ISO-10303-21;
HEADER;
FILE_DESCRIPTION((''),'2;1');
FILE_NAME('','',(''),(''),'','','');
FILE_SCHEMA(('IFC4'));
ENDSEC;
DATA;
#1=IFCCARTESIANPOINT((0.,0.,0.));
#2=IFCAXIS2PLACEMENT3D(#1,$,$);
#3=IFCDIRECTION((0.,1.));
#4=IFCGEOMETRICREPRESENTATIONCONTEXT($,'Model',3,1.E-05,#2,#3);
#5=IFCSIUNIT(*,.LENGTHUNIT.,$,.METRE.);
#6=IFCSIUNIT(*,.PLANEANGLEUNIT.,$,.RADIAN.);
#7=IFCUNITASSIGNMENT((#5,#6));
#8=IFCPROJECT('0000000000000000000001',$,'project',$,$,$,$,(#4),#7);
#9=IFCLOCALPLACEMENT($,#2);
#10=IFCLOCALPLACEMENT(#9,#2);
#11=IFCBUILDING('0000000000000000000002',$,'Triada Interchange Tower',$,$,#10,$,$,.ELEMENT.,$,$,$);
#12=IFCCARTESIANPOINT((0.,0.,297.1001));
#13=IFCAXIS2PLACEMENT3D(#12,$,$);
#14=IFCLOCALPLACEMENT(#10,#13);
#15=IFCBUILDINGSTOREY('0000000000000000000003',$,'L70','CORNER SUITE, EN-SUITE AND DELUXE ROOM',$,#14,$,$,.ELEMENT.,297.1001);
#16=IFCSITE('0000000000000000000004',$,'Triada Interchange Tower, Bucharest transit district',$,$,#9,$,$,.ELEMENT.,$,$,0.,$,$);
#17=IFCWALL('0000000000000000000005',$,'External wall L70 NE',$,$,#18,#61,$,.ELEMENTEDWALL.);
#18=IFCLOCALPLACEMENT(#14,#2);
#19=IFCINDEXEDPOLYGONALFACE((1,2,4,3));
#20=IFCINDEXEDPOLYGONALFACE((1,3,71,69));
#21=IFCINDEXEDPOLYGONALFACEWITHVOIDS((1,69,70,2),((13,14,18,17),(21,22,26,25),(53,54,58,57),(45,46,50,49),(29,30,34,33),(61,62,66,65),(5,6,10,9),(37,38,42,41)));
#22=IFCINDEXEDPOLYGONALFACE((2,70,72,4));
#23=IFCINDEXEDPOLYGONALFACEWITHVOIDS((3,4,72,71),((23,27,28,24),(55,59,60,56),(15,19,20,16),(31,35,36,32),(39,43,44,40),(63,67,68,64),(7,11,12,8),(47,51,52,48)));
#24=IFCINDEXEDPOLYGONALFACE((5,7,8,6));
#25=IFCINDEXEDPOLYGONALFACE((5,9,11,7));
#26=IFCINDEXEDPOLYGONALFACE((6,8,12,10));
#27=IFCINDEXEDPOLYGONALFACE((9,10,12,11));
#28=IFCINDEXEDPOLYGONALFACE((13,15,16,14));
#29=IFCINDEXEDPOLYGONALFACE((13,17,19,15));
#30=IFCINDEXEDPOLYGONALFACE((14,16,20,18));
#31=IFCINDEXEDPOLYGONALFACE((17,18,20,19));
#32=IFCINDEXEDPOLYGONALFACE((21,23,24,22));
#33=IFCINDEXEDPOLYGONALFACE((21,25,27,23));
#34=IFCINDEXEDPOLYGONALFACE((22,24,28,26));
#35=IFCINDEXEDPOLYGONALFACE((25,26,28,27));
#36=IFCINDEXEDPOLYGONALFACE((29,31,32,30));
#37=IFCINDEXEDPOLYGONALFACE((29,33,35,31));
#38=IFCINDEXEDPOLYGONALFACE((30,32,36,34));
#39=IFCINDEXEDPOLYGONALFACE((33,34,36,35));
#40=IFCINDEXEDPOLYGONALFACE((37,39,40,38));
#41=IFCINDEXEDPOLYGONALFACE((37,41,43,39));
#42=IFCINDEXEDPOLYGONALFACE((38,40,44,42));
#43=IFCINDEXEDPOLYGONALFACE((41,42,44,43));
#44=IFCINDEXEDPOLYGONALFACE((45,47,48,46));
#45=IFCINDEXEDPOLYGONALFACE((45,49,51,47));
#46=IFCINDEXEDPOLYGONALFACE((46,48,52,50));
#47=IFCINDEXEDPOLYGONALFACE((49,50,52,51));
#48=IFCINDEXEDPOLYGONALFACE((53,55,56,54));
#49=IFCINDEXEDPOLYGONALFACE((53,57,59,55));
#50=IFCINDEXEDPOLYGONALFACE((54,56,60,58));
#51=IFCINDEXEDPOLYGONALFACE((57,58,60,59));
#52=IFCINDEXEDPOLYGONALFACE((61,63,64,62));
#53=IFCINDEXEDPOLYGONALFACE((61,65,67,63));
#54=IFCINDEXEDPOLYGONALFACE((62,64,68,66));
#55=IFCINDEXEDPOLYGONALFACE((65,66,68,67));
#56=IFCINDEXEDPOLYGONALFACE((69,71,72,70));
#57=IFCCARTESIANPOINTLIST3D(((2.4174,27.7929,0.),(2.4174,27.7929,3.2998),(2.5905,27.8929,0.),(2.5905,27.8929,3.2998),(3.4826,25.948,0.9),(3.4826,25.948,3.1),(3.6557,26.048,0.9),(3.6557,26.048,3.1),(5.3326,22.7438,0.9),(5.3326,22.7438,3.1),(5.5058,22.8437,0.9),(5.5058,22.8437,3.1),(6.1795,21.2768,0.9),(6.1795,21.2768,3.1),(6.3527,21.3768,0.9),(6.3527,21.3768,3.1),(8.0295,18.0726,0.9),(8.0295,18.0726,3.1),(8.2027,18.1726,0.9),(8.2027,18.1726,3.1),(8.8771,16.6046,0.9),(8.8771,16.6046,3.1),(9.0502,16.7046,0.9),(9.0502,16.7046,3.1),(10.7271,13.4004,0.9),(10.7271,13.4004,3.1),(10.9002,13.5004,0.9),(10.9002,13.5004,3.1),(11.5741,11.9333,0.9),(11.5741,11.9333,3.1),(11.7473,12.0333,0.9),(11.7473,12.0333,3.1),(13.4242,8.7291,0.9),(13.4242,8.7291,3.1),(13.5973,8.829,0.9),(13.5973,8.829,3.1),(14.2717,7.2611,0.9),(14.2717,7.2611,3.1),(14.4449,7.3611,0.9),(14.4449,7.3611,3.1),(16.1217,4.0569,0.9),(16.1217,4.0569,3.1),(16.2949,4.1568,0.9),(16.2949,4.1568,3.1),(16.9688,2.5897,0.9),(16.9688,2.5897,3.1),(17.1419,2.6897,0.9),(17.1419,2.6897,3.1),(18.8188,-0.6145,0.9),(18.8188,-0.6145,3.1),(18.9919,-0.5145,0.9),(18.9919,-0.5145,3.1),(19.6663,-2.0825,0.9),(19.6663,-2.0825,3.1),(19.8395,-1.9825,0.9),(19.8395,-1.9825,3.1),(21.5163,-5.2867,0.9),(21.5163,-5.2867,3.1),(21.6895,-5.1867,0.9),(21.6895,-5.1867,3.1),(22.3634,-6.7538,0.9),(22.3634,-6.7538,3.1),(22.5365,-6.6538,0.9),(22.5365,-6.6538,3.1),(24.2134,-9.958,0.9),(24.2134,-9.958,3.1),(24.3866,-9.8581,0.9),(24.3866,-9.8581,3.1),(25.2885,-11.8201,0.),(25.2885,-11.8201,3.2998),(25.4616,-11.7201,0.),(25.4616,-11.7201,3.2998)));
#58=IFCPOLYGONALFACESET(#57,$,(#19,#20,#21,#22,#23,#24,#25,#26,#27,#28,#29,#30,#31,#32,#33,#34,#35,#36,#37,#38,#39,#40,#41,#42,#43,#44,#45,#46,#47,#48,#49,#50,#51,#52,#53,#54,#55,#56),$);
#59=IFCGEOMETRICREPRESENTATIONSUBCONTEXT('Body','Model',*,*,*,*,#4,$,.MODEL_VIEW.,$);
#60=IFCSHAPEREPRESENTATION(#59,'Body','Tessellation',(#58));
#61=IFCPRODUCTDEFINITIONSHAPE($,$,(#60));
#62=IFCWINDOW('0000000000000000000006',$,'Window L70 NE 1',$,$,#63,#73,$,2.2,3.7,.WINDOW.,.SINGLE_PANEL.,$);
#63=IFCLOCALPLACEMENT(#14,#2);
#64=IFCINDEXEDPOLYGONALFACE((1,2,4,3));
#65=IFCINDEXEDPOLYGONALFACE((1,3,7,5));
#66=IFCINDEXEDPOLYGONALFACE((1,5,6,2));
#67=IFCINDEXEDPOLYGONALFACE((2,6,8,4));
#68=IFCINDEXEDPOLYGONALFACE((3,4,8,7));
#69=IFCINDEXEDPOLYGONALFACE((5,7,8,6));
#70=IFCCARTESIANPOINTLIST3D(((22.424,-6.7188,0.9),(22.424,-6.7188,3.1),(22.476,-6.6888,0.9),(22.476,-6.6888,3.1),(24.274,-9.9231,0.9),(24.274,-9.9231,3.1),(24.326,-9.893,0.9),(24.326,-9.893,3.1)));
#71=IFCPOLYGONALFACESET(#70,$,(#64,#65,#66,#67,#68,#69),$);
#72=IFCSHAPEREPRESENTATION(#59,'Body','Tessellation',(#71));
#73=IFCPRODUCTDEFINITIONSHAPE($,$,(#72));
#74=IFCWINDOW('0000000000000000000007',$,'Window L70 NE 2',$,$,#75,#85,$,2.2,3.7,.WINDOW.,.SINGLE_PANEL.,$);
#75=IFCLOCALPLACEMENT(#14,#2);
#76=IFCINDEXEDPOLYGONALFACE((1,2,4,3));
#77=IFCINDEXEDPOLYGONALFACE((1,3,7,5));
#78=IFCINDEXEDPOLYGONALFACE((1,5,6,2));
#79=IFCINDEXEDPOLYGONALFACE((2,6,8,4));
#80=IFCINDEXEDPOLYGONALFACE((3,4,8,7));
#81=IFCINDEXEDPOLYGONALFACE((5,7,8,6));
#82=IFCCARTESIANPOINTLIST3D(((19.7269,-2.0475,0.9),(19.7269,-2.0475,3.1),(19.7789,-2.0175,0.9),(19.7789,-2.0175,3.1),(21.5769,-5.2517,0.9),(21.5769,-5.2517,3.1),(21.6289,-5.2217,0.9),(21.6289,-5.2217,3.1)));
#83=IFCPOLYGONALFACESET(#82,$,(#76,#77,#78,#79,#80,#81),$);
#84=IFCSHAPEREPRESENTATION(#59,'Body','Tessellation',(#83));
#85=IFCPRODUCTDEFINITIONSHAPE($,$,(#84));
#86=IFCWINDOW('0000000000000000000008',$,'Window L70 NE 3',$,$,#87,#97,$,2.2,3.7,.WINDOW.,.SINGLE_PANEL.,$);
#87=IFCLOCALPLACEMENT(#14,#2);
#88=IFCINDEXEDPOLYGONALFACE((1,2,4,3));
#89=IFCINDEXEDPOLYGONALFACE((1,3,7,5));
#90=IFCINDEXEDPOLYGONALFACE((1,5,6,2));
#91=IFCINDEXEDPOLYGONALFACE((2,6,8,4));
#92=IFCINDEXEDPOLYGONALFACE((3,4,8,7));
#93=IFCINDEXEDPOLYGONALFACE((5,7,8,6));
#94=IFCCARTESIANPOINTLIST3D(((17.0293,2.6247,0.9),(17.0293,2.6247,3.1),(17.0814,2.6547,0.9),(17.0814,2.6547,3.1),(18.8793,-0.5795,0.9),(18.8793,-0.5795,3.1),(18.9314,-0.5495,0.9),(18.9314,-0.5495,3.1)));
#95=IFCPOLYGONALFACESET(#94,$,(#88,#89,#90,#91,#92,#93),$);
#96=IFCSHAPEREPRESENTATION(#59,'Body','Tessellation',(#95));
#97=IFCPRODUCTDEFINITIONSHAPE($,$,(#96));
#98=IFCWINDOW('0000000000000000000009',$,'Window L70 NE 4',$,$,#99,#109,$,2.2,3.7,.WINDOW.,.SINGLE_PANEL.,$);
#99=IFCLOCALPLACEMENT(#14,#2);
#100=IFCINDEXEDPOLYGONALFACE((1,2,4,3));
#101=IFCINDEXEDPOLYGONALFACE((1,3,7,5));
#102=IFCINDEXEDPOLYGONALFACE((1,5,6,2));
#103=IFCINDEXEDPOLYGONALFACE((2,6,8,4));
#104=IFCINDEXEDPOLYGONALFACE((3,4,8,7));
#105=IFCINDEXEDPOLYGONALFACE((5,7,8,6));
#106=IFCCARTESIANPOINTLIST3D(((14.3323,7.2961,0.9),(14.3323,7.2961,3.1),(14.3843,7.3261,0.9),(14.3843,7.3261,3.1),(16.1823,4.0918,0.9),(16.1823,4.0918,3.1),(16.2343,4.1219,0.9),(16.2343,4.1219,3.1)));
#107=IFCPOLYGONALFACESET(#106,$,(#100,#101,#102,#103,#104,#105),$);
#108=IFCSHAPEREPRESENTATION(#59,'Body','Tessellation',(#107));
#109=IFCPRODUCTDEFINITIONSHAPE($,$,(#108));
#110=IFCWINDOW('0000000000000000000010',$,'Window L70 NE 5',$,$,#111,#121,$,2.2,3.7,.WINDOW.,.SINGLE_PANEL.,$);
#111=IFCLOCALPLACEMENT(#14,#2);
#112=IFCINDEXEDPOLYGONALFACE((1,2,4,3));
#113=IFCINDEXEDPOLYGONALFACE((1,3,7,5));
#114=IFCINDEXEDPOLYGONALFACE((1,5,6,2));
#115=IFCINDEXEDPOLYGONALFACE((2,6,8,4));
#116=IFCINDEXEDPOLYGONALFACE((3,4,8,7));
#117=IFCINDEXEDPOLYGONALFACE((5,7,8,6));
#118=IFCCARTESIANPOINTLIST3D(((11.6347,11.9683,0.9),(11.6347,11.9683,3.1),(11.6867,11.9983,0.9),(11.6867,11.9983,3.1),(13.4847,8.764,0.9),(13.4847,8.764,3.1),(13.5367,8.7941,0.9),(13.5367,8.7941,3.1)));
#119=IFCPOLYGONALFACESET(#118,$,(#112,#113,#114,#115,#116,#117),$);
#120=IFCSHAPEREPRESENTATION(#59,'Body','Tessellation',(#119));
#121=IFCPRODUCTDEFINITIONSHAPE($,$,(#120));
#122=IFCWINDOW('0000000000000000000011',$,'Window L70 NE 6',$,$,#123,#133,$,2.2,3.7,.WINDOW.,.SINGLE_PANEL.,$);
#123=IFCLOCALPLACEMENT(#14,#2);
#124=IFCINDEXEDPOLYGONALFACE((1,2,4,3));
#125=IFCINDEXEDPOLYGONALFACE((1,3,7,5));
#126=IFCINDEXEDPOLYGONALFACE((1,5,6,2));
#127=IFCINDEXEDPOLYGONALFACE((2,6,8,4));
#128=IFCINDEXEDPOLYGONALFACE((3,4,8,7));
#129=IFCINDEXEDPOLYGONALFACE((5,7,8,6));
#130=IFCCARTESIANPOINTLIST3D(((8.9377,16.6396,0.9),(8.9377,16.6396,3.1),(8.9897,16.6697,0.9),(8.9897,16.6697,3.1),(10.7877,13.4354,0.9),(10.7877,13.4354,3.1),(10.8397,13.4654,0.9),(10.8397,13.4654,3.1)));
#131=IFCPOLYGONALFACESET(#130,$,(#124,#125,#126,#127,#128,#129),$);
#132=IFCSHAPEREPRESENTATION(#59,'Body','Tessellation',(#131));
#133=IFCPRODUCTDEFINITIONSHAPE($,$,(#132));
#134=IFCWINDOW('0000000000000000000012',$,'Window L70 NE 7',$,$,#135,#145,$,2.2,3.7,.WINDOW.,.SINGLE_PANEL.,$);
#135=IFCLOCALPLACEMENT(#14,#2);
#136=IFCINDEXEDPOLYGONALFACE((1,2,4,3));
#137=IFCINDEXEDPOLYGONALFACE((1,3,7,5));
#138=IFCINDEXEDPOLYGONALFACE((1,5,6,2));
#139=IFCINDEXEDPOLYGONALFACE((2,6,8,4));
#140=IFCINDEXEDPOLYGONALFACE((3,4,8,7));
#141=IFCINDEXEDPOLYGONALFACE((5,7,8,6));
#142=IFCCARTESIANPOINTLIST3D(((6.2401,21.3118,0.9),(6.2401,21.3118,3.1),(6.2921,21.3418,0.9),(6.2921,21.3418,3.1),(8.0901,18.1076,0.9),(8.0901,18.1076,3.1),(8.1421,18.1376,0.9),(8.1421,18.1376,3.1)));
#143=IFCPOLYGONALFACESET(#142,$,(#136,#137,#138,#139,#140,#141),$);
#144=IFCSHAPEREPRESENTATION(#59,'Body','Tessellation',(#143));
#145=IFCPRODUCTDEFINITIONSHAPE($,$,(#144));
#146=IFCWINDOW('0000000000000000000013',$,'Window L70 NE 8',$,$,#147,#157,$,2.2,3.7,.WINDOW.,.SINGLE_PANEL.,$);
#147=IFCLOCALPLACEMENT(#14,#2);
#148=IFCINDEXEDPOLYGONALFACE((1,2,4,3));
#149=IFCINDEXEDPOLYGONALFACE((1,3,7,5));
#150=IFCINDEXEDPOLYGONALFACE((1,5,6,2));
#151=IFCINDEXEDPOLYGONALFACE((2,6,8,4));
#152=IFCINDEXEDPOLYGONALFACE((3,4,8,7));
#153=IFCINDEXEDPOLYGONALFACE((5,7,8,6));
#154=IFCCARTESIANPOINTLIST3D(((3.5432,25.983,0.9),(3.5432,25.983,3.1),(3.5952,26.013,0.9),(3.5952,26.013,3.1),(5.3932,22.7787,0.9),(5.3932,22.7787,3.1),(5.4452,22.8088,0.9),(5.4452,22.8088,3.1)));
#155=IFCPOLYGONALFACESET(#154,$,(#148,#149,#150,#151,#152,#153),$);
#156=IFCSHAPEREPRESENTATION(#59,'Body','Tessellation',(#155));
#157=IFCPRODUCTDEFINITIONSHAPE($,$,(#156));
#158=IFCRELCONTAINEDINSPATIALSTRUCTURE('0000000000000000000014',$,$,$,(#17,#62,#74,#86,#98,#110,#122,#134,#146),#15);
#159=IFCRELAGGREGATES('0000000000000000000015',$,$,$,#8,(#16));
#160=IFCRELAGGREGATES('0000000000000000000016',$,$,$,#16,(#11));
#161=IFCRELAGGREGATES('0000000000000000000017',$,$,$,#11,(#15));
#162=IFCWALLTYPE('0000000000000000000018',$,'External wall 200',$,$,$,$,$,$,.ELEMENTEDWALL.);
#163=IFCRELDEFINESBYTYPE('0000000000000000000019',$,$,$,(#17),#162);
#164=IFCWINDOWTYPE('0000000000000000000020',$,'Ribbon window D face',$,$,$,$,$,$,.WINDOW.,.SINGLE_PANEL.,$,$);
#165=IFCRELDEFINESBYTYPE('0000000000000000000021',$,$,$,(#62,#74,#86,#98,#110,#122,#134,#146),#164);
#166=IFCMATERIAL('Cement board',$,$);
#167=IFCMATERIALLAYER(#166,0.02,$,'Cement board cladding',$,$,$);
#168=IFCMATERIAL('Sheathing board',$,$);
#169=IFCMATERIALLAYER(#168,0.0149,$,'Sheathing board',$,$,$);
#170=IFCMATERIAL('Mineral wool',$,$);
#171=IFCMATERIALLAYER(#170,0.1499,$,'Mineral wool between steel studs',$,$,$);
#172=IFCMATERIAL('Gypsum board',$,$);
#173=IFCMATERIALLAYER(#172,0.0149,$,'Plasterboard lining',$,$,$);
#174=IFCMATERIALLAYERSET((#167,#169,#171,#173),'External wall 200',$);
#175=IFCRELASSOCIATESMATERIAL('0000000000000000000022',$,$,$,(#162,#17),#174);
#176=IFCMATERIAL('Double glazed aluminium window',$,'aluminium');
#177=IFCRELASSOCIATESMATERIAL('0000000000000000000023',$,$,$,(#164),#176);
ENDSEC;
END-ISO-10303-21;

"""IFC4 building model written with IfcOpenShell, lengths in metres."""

from ifc_helpers import new_model, si_unit, direction, frame, frame_2d, origin, place, context, subcontext, project, spatial, rectangle, extrude, material, layer, layer_set, layer_usage, type_object, element, fill, save


model = new_model("IFC4")

# Units and contexts
model_context = context("Model", 3, precision=1e-05, world=origin(), true_north=direction((0.0, 1.0)))
body_context = subcontext(model_context, "Body", "Model", "MODEL_VIEW")
ifc_project = project(units=[si_unit("LENGTHUNIT", "METRE"), si_unit("PLANEANGLEUNIT", "RADIAN")], contexts=[model_context])

# Site, building, storey
site_placement = place(None, origin())
site = spatial("IfcSite", under=ifc_project, at=site_placement, Name="Triada Interchange Tower, Bucharest transit district", CompositionType="ELEMENT", RefElevation=0.0)
building_placement = place(site_placement, origin())
building = spatial("IfcBuilding", under=site, at=building_placement, Name="Triada Interchange Tower", CompositionType="ELEMENT")
storey_placement = place(building_placement, frame((0.0, 0.0, 297.1001)))
storey = spatial("IfcBuildingStorey", under=building, at=storey_placement, Name="L70", Description="CORNER SUITE, EN-SUITE AND DELUXE ROOM", CompositionType="ELEMENT", Elevation=297.1001)

# Shared definitions
ifc_material_1 = material(Name="Cement board")
ifc_layer_1 = layer(ifc_material_1, 0.02, Name="Cement board cladding")
ifc_material_2 = material(Name="Sheathing board")
ifc_layer_2 = layer(ifc_material_2, 0.0149, Name="Sheathing board")
ifc_material_3 = material(Name="Mineral wool")
ifc_layer_3 = layer(ifc_material_3, 0.1499, Name="Mineral wool between steel studs")
ifc_material_4 = material(Name="Gypsum board")
ifc_layer_4 = layer(ifc_material_4, 0.0149, Name="Plasterboard lining")
ifc_layer_set_1 = layer_set([ifc_layer_1, ifc_layer_2, ifc_layer_3, ifc_layer_4], Name="External wall 200")
ifc_layer_usage = layer_usage(ifc_layer_set_1, "AXIS2", "POSITIVE", -0.1001)
wall_type_1 = type_object("IfcWallType", Name="External wall 200", PredefinedType="ELEMENTEDWALL", material=ifc_layer_set_1)
ifc_material_5 = material(Name="Double glazed aluminium window", Category="aluminium")

# Wall, openings, windows
wall_1_placement = place(storey_placement, frame((25.375, -11.77, 0.0), z_axis=(0.0, 0.0, 1.0), x_axis=(-0.500008, 0.866021, 0.0)))
wall_1 = element("IfcWall", 1, at=wall_1_placement, inside=storey, type_object=wall_type_1, material=ifc_layer_usage, Name="External wall L70 NE", PredefinedType="ELEMENTEDWALL", context=body_context, shape_type="SweptSolid", body=[
    extrude(rectangle(XDim=45.7415, YDim=0.2, at=frame_2d((22.8706, 0.0))), origin(), (0.0, 0.0, 1.0), 3.2998),
])
opening_1_placement = place(wall_1_placement, frame((2.1499, 0.0, 0.8999)))
opening_1 = element("IfcOpeningElement", 2, at=opening_1_placement, cuts=wall_1, PredefinedType="OPENING", context=body_context, shape_type="SweptSolid", body=[
    extrude(rectangle(XDim=3.7, YDim=2.2, at=frame_2d((1.8501, 1.1001))), frame((0.0, 0.1099, 0.0), z_axis=(0.0, -1.0, 0.0), x_axis=(1.0, 0.0, 0.0)), (0.0, 0.0, 1.0), 0.22),
])
opening_2_placement = place(wall_1_placement, frame((7.5439, 0.0, 0.8999)))
opening_2 = element("IfcOpeningElement", 3, at=opening_2_placement, cuts=wall_1, PredefinedType="OPENING", context=body_context, shape_type="SweptSolid", body=[
    extrude(rectangle(XDim=3.7, YDim=2.2, at=frame_2d((1.8501, 1.1001))), frame((0.0, 0.1099, 0.0), z_axis=(0.0, -1.0, 0.0), x_axis=(1.0, 0.0, 0.0)), (0.0, 0.0, 1.0), 0.22),
])
opening_3_placement = place(wall_1_placement, frame((12.939, 0.0, 0.8999)))
opening_3 = element("IfcOpeningElement", 4, at=opening_3_placement, cuts=wall_1, PredefinedType="OPENING", context=body_context, shape_type="SweptSolid", body=[
    extrude(rectangle(XDim=3.7, YDim=2.2, at=frame_2d((1.8501, 1.1001))), frame((0.0, 0.1099, 0.0), z_axis=(0.0, -1.0, 0.0), x_axis=(1.0, 0.0, 0.0)), (0.0, 0.0, 1.0), 0.22),
])
opening_4_placement = place(wall_1_placement, frame((18.333, 0.0, 0.8999)))
opening_4 = element("IfcOpeningElement", 5, at=opening_4_placement, cuts=wall_1, PredefinedType="OPENING", context=body_context, shape_type="SweptSolid", body=[
    extrude(rectangle(XDim=3.7, YDim=2.2, at=frame_2d((1.8501, 1.1001))), frame((0.0, 0.1099, 0.0), z_axis=(0.0, -1.0, 0.0), x_axis=(1.0, 0.0, 0.0)), (0.0, 0.0, 1.0), 0.22),
])
opening_5_placement = place(wall_1_placement, frame((23.728, 0.0, 0.8999)))
opening_5 = element("IfcOpeningElement", 6, at=opening_5_placement, cuts=wall_1, PredefinedType="OPENING", context=body_context, shape_type="SweptSolid", body=[
    extrude(rectangle(XDim=3.7, YDim=2.2, at=frame_2d((1.8501, 1.1001))), frame((0.0, 0.1099, 0.0), z_axis=(0.0, -1.0, 0.0), x_axis=(1.0, 0.0, 0.0)), (0.0, 0.0, 1.0), 0.22),
])
opening_6_placement = place(wall_1_placement, frame((29.1221, 0.0, 0.8999)))
opening_6 = element("IfcOpeningElement", 7, at=opening_6_placement, cuts=wall_1, PredefinedType="OPENING", context=body_context, shape_type="SweptSolid", body=[
    extrude(rectangle(XDim=3.7, YDim=2.2, at=frame_2d((1.8501, 1.1001))), frame((0.0, 0.1099, 0.0), z_axis=(0.0, -1.0, 0.0), x_axis=(1.0, 0.0, 0.0)), (0.0, 0.0, 1.0), 0.22),
])
opening_7_placement = place(wall_1_placement, frame((34.5171, 0.0, 0.8999)))
opening_7 = element("IfcOpeningElement", 8, at=opening_7_placement, cuts=wall_1, PredefinedType="OPENING", context=body_context, shape_type="SweptSolid", body=[
    extrude(rectangle(XDim=3.7, YDim=2.2, at=frame_2d((1.8501, 1.1001))), frame((0.0, 0.1099, 0.0), z_axis=(0.0, -1.0, 0.0), x_axis=(1.0, 0.0, 0.0)), (0.0, 0.0, 1.0), 0.22),
])
opening_8_placement = place(wall_1_placement, frame((39.9109, 0.0, 0.8999)))
opening_8 = element("IfcOpeningElement", 9, at=opening_8_placement, cuts=wall_1, PredefinedType="OPENING", context=body_context, shape_type="SweptSolid", body=[
    extrude(rectangle(XDim=3.7, YDim=2.2, at=frame_2d((1.8501, 1.1001))), frame((0.0, 0.1099, 0.0), z_axis=(0.0, -1.0, 0.0), x_axis=(1.0, 0.0, 0.0)), (0.0, 0.0, 1.0), 0.22),
])
window_type_1 = type_object("IfcWindowType", Name="Ribbon window D face", PartitioningType="SINGLE_PANEL", PredefinedType="WINDOW", material=ifc_material_5)
window_1_placement = place(opening_1_placement, origin())
window_1 = element("IfcWindow", 10, at=window_1_placement, inside=storey, type_object=window_type_1, Name="Window L70 NE 1", OverallHeight=2.2, OverallWidth=3.7, PartitioningType="SINGLE_PANEL", PredefinedType="WINDOW", context=body_context, shape_type="SweptSolid", body=[
    extrude(rectangle(XDim=3.7, YDim=2.2, at=frame_2d((1.8501, 1.1001))), frame((0.0, 0.03, 0.0), z_axis=(0.0, -1.0, 0.0), x_axis=(1.0, 0.0, 0.0)), (0.0, 0.0, 1.0), 0.0601),
])
fill(opening_1, window_1)
window_2_placement = place(opening_2_placement, origin())
window_2 = element("IfcWindow", 11, at=window_2_placement, inside=storey, type_object=window_type_1, Name="Window L70 NE 2", OverallHeight=2.2, OverallWidth=3.7, PartitioningType="SINGLE_PANEL", PredefinedType="WINDOW", context=body_context, shape_type="SweptSolid", body=[
    extrude(rectangle(XDim=3.7, YDim=2.2, at=frame_2d((1.8501, 1.1001))), frame((0.0, 0.03, 0.0), z_axis=(0.0, -1.0, 0.0), x_axis=(1.0, 0.0, 0.0)), (0.0, 0.0, 1.0), 0.0601),
])
fill(opening_2, window_2)
window_3_placement = place(opening_3_placement, origin())
window_3 = element("IfcWindow", 12, at=window_3_placement, inside=storey, type_object=window_type_1, Name="Window L70 NE 3", OverallHeight=2.2, OverallWidth=3.7, PartitioningType="SINGLE_PANEL", PredefinedType="WINDOW", context=body_context, shape_type="SweptSolid", body=[
    extrude(rectangle(XDim=3.7, YDim=2.2, at=frame_2d((1.8501, 1.1001))), frame((0.0, 0.03, 0.0), z_axis=(0.0, -1.0, 0.0), x_axis=(1.0, 0.0, 0.0)), (0.0, 0.0, 1.0), 0.0601),
])
fill(opening_3, window_3)
window_4_placement = place(opening_4_placement, origin())
window_4 = element("IfcWindow", 13, at=window_4_placement, inside=storey, type_object=window_type_1, Name="Window L70 NE 4", OverallHeight=2.2, OverallWidth=3.7, PartitioningType="SINGLE_PANEL", PredefinedType="WINDOW", context=body_context, shape_type="SweptSolid", body=[
    extrude(rectangle(XDim=3.7, YDim=2.2, at=frame_2d((1.8501, 1.1001))), frame((0.0, 0.03, 0.0), z_axis=(0.0, -1.0, 0.0), x_axis=(1.0, 0.0, 0.0)), (0.0, 0.0, 1.0), 0.0601),
])
fill(opening_4, window_4)
window_5_placement = place(opening_5_placement, origin())
window_5 = element("IfcWindow", 14, at=window_5_placement, inside=storey, type_object=window_type_1, Name="Window L70 NE 5", OverallHeight=2.2, OverallWidth=3.7, PartitioningType="SINGLE_PANEL", PredefinedType="WINDOW", context=body_context, shape_type="SweptSolid", body=[
    extrude(rectangle(XDim=3.7, YDim=2.2, at=frame_2d((1.8501, 1.1001))), frame((0.0, 0.03, 0.0), z_axis=(0.0, -1.0, 0.0), x_axis=(1.0, 0.0, 0.0)), (0.0, 0.0, 1.0), 0.0601),
])
fill(opening_5, window_5)
window_6_placement = place(opening_6_placement, origin())
window_6 = element("IfcWindow", 15, at=window_6_placement, inside=storey, type_object=window_type_1, Name="Window L70 NE 6", OverallHeight=2.2, OverallWidth=3.7, PartitioningType="SINGLE_PANEL", PredefinedType="WINDOW", context=body_context, shape_type="SweptSolid", body=[
    extrude(rectangle(XDim=3.7, YDim=2.2, at=frame_2d((1.8501, 1.1001))), frame((0.0, 0.03, 0.0), z_axis=(0.0, -1.0, 0.0), x_axis=(1.0, 0.0, 0.0)), (0.0, 0.0, 1.0), 0.0601),
])
fill(opening_6, window_6)
window_7_placement = place(opening_7_placement, origin())
window_7 = element("IfcWindow", 16, at=window_7_placement, inside=storey, type_object=window_type_1, Name="Window L70 NE 7", OverallHeight=2.2, OverallWidth=3.7, PartitioningType="SINGLE_PANEL", PredefinedType="WINDOW", context=body_context, shape_type="SweptSolid", body=[
    extrude(rectangle(XDim=3.7, YDim=2.2, at=frame_2d((1.8501, 1.1001))), frame((0.0, 0.03, 0.0), z_axis=(0.0, -1.0, 0.0), x_axis=(1.0, 0.0, 0.0)), (0.0, 0.0, 1.0), 0.0601),
])
fill(opening_7, window_7)
window_8_placement = place(opening_8_placement, origin())
window_8 = element("IfcWindow", 17, at=window_8_placement, inside=storey, type_object=window_type_1, Name="Window L70 NE 8", OverallHeight=2.2, OverallWidth=3.7, PartitioningType="SINGLE_PANEL", PredefinedType="WINDOW", context=body_context, shape_type="SweptSolid", body=[
    extrude(rectangle(XDim=3.7, YDim=2.2, at=frame_2d((1.8501, 1.1001))), frame((0.0, 0.03, 0.0), z_axis=(0.0, -1.0, 0.0), x_axis=(1.0, 0.0, 0.0)), (0.0, 0.0, 1.0), 0.0601),
])
fill(opening_8, window_8)

save(model, "model.ifc")
